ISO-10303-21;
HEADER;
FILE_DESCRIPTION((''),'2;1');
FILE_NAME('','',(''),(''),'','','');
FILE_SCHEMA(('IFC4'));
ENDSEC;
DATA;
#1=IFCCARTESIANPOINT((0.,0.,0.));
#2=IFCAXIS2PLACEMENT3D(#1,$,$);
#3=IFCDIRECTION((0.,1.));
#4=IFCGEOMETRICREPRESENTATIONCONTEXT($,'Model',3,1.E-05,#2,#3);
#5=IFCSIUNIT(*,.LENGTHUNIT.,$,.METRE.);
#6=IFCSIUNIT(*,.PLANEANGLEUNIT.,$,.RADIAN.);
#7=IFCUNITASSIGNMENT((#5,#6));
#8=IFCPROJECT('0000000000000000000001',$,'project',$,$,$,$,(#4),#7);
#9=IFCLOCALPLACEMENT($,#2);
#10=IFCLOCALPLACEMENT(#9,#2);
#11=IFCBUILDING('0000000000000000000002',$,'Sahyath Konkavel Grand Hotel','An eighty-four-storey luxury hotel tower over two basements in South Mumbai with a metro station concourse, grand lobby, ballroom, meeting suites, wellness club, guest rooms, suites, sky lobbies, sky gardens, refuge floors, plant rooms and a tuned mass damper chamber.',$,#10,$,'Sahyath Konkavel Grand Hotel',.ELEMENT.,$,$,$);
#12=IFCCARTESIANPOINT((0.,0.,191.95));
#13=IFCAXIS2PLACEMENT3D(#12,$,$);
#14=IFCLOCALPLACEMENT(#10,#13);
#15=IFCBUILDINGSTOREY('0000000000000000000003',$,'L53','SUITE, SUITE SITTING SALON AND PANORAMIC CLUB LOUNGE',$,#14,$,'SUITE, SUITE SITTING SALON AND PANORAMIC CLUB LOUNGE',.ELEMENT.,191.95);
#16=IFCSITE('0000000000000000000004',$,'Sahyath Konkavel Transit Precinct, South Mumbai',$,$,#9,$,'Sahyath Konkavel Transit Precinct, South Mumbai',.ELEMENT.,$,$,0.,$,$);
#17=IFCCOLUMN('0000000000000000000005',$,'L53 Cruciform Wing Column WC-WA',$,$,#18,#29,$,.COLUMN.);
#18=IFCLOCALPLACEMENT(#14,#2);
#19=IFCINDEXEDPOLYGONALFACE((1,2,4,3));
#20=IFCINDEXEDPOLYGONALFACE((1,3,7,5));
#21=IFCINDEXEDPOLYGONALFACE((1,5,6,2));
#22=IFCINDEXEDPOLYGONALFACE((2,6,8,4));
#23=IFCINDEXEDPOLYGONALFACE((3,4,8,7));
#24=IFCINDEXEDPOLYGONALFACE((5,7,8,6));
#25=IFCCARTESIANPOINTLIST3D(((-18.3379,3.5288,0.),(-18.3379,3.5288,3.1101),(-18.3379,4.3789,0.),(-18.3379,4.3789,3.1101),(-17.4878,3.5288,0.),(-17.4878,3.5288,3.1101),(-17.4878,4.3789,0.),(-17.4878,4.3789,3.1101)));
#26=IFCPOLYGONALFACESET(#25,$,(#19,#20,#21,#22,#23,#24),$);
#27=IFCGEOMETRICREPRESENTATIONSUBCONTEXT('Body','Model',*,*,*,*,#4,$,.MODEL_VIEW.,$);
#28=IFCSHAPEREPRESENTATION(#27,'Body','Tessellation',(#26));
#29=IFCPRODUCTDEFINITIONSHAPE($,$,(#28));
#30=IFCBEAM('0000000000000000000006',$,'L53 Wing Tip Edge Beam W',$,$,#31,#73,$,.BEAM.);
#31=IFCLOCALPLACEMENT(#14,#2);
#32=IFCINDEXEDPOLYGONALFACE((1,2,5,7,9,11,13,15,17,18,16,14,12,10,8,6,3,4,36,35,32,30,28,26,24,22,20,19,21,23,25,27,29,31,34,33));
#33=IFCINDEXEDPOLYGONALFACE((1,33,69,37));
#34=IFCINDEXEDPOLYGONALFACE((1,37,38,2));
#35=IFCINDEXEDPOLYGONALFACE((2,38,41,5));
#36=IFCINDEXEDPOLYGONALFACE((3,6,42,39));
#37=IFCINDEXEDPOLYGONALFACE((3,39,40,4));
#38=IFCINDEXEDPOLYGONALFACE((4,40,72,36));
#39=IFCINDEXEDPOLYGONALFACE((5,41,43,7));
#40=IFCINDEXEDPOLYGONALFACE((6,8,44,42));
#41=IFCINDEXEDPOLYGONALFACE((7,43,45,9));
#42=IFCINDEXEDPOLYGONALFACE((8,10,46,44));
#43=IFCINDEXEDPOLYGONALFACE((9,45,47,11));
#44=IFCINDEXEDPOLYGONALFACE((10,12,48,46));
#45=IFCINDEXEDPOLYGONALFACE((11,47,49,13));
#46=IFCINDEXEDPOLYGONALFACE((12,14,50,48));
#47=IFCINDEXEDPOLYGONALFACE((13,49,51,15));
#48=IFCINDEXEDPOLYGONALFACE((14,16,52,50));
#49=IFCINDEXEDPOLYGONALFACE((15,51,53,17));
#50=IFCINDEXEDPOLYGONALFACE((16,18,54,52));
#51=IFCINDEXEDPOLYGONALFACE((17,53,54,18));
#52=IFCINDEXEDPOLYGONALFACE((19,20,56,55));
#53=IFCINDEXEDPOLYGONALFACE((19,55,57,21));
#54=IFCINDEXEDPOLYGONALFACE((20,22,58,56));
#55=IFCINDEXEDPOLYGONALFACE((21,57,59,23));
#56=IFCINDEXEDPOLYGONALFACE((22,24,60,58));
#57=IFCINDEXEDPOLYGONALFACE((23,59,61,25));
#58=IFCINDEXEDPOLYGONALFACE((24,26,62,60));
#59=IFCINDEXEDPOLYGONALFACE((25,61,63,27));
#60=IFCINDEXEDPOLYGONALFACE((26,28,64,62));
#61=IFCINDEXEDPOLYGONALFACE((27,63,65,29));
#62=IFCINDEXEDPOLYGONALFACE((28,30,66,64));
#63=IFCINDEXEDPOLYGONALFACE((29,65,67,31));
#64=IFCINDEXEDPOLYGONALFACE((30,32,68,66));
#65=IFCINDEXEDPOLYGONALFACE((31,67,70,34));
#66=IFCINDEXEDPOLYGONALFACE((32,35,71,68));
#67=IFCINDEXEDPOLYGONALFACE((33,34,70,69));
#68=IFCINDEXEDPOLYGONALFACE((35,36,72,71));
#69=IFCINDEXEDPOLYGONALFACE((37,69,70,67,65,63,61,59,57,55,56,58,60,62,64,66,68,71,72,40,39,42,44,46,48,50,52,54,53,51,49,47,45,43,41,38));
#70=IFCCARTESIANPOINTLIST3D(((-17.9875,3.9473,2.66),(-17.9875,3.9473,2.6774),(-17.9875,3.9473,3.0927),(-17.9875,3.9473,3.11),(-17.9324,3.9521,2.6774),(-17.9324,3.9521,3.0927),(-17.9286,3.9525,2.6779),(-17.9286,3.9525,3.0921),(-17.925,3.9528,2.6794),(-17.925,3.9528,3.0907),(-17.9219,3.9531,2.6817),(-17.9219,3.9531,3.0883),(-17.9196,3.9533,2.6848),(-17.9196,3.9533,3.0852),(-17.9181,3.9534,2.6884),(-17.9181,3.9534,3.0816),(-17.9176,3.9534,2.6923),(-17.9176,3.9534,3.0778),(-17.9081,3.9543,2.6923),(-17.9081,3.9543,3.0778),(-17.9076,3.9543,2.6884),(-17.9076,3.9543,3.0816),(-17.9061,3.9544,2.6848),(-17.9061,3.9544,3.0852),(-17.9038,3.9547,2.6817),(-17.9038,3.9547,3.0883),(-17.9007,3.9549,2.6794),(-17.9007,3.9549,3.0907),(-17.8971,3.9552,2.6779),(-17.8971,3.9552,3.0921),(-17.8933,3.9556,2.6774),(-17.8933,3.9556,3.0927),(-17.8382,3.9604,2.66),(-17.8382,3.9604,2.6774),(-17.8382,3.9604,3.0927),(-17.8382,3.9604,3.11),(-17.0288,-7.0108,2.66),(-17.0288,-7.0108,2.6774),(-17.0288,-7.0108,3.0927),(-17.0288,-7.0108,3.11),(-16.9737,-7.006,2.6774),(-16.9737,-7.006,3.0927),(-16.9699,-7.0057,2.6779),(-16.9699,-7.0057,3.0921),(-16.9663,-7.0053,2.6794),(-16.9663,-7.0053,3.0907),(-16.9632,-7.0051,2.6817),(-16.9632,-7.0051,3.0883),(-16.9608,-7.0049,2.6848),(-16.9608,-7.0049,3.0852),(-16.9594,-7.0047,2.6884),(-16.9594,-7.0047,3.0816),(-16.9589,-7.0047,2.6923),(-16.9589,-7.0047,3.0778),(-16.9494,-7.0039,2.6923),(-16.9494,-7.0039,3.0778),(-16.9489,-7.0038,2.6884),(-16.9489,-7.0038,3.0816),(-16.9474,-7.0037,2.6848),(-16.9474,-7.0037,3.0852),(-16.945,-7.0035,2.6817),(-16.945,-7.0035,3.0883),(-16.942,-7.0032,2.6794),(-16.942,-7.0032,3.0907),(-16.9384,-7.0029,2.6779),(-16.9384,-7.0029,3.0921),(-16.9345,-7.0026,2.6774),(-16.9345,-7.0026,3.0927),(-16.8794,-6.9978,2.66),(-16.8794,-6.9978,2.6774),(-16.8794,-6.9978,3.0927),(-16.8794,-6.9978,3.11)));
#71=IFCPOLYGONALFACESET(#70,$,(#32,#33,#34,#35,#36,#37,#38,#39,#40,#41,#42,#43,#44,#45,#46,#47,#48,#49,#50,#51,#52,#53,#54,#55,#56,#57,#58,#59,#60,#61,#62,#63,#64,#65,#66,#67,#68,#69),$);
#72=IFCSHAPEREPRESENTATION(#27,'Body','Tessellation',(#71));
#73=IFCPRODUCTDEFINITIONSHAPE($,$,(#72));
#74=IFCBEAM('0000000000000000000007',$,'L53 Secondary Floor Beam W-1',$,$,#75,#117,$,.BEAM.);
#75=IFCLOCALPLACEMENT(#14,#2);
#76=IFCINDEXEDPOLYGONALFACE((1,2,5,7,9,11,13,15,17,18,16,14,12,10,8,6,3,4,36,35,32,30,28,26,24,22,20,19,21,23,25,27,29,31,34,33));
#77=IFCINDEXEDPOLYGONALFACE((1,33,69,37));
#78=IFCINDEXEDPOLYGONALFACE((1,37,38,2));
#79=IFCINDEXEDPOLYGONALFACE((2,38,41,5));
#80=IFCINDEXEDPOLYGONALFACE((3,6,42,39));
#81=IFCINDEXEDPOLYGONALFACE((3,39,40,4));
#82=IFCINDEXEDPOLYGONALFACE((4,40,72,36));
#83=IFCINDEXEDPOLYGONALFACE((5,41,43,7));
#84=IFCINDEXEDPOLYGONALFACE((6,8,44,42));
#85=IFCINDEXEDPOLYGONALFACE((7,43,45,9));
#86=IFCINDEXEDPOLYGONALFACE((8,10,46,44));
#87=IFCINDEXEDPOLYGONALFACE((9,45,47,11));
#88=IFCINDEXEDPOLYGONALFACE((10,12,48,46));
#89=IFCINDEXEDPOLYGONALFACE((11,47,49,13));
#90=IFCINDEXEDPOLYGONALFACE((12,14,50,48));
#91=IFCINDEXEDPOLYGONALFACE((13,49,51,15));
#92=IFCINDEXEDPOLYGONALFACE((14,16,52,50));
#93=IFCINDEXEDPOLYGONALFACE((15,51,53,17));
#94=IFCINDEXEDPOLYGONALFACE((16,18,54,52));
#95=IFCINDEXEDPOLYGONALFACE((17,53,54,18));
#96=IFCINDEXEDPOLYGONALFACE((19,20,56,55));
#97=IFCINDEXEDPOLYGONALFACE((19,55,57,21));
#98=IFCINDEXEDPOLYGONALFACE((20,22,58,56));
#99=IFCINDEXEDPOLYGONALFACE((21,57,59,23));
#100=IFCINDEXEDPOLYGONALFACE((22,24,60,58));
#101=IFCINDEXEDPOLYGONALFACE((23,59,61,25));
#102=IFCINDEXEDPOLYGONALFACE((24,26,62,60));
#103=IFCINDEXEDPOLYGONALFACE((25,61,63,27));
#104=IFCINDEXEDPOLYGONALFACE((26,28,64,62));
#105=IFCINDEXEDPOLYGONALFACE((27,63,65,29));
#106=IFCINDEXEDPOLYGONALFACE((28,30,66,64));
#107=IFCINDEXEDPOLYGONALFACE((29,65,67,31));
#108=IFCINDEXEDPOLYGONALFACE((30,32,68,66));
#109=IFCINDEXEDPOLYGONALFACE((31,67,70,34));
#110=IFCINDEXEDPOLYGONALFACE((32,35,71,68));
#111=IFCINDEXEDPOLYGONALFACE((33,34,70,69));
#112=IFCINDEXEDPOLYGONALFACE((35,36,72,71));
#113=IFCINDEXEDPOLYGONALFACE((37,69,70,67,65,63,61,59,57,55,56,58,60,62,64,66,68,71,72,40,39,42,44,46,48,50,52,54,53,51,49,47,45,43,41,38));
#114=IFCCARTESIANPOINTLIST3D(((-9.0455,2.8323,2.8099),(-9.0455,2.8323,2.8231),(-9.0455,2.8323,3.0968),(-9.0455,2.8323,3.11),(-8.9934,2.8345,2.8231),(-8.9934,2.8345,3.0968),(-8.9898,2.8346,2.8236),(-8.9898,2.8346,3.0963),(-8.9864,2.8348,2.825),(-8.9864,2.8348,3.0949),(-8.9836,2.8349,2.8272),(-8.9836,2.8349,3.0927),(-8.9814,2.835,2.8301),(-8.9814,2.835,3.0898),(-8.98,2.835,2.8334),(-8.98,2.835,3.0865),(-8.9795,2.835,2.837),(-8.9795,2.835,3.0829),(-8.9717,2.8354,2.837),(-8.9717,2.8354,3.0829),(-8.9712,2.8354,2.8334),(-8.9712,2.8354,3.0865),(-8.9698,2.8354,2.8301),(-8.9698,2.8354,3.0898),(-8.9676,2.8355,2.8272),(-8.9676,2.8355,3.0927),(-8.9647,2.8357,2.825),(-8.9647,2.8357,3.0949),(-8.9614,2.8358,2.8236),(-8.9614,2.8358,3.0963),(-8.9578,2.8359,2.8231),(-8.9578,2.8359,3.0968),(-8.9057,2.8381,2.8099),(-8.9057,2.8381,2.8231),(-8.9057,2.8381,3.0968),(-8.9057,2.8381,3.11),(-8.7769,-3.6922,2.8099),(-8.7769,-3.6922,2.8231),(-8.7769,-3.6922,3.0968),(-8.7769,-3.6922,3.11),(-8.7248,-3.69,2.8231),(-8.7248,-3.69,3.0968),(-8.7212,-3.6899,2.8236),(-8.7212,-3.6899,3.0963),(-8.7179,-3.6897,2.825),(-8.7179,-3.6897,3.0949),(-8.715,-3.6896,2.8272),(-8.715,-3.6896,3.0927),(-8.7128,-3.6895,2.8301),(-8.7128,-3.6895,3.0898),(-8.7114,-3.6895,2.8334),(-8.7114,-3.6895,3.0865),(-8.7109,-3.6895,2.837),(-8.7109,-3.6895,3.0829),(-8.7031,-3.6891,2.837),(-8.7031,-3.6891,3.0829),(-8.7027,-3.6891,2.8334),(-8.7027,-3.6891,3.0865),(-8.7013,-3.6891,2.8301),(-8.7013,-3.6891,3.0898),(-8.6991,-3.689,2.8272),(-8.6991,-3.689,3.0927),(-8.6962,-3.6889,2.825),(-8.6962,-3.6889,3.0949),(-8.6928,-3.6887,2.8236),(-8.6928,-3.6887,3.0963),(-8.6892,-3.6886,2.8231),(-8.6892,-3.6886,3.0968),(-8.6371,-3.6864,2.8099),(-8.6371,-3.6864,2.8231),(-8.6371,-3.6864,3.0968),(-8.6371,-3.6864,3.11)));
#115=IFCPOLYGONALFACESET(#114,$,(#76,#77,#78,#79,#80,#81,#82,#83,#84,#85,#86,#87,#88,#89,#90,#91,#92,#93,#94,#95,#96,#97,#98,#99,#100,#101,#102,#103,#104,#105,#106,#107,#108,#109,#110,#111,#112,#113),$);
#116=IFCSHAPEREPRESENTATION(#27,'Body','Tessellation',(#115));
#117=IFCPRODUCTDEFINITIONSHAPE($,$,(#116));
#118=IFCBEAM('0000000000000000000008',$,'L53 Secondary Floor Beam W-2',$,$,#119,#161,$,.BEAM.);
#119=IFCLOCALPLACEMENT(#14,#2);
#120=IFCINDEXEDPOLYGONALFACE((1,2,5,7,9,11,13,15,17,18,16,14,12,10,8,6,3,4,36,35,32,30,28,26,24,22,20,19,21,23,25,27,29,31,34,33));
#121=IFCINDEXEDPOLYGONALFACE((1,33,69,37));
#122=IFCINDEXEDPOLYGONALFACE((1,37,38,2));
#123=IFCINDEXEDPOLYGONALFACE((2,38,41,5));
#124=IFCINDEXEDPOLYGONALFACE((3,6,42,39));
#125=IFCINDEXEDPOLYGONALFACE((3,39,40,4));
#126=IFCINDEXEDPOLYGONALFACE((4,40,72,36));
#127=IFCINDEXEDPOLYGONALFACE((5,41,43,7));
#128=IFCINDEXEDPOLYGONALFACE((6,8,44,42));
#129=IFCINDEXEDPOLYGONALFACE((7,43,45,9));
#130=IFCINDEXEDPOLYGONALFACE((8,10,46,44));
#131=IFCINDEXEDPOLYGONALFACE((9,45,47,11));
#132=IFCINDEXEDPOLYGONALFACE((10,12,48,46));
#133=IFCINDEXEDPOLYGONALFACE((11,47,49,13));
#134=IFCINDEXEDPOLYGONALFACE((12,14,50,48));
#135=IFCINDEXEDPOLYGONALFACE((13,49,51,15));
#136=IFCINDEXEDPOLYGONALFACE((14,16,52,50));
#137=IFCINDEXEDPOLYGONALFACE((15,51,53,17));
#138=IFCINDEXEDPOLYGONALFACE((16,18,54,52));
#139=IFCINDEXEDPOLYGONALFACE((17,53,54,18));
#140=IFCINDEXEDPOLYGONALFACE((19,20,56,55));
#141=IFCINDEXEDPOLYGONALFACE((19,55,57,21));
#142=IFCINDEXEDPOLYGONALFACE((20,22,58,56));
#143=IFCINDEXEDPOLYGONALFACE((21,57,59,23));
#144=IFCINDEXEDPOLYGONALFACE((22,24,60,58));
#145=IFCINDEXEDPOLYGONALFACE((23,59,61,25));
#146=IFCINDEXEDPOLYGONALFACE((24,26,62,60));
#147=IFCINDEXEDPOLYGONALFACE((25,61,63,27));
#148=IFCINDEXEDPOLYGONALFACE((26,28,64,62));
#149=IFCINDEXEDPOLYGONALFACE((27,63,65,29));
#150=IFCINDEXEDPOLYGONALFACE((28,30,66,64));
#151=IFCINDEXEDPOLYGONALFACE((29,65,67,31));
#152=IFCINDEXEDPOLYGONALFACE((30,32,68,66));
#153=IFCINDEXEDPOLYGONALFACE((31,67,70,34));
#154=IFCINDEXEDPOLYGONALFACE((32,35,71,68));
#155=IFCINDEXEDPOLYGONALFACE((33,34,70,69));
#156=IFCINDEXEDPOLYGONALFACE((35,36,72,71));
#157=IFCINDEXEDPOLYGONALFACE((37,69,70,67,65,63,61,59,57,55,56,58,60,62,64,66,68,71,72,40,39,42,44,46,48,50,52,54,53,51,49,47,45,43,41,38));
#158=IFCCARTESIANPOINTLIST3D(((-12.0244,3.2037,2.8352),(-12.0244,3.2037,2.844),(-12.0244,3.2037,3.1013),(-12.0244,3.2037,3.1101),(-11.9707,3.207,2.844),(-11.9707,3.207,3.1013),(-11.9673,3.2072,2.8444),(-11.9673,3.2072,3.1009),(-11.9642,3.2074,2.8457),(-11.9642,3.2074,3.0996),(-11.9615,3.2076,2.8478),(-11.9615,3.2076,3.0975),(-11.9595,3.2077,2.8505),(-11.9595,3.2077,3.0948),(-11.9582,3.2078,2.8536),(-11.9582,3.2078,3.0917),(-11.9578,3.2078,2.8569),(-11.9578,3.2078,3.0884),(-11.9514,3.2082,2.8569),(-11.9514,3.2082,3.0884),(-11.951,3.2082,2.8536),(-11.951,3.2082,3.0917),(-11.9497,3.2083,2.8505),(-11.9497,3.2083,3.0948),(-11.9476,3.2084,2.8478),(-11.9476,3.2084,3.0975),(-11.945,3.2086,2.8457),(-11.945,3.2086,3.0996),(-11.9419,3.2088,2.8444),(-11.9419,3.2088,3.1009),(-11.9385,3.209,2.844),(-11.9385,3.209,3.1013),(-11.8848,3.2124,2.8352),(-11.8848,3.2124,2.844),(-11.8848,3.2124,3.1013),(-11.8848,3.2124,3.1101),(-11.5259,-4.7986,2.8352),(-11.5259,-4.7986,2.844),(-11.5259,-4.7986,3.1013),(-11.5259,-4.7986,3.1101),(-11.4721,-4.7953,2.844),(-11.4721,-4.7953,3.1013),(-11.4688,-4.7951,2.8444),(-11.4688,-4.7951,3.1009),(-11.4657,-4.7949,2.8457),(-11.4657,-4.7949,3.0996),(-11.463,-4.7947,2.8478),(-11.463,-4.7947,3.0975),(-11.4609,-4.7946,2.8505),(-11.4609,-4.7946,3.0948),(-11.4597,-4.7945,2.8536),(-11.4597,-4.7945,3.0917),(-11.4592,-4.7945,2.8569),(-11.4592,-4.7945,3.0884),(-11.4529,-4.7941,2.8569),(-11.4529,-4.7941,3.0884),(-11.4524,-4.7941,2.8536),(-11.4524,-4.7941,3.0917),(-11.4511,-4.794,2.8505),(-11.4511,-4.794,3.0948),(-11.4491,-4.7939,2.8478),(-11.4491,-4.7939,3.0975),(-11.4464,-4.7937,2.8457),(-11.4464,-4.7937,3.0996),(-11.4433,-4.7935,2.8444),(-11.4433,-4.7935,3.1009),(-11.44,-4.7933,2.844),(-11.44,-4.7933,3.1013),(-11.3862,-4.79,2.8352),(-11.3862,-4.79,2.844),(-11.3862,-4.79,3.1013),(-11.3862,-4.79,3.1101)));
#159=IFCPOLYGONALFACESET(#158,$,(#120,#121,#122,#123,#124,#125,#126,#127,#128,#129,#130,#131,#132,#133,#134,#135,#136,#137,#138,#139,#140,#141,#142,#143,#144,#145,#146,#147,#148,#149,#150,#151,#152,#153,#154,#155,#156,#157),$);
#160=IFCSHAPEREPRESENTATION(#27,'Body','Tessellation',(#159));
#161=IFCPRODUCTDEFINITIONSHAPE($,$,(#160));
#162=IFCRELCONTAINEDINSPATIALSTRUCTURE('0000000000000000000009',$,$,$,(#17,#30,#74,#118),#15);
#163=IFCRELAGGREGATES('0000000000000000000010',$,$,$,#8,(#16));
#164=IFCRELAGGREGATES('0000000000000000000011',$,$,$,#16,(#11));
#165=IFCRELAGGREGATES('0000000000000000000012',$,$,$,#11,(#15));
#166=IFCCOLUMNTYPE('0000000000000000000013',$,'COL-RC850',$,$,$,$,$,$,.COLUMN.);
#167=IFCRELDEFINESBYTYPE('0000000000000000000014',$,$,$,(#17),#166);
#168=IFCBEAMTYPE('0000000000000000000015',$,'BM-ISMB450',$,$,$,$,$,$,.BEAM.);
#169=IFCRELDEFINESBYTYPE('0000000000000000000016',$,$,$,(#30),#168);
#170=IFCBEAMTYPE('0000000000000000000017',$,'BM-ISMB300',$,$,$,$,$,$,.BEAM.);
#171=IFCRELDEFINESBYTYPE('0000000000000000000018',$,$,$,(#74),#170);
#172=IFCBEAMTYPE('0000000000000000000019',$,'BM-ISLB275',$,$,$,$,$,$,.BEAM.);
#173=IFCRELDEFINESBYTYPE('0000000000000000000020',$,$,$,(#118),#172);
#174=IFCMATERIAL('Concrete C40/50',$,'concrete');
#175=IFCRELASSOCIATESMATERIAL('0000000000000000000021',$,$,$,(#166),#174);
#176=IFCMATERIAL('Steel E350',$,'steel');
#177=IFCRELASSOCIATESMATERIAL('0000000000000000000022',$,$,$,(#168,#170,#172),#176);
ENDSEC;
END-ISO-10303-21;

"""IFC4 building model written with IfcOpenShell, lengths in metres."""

from ifc_helpers import new_model, si_unit, direction, frame, origin, origin_2d, place, context, subcontext, project, spatial, rectangle, i_section, extrude, source, transform, mapped, material, material_profile, profile_set, type_object, element, save


model = new_model("IFC4")

# Units and contexts
model_context = context("Model", 3, precision=1e-05, world=origin(), true_north=direction((0.0, 1.0)))
body_context = subcontext(model_context, "Body", "Model", "MODEL_VIEW")
ifc_project = project(units=[si_unit("LENGTHUNIT", "METRE"), si_unit("PLANEANGLEUNIT", "RADIAN")], contexts=[model_context])

# Site, building, storey
site_placement = place(None, origin())
site = spatial("IfcSite", under=ifc_project, at=site_placement, Name="Sahyath Konkavel Transit Precinct, South Mumbai", LongName="Sahyath Konkavel Transit Precinct, South Mumbai", CompositionType="ELEMENT", RefElevation=0.0)
building_placement = place(site_placement, origin())
building = spatial("IfcBuilding", under=site, at=building_placement, Name="Sahyath Konkavel Grand Hotel", Description="An eighty-four-storey luxury hotel tower over two basements in South Mumbai with a metro station concourse, grand lobby, ballroom, meeting suites, wellness club, guest rooms, suites, sky lobbies, sky gardens, refuge floors, plant rooms and a tuned mass damper chamber.", LongName="Sahyath Konkavel Grand Hotel", CompositionType="ELEMENT")
storey_placement = place(building_placement, frame((0.0, 0.0, 191.95)))
storey = spatial("IfcBuildingStorey", under=building, at=storey_placement, Name="L53", Description="SUITE, SUITE SITTING SALON AND PANORAMIC CLUB LOUNGE", LongName="SUITE, SUITE SITTING SALON AND PANORAMIC CLUB LOUNGE", CompositionType="ELEMENT", Elevation=191.95)

# Column
ifc_material_1 = material(Name="Concrete C40/50", Category="concrete")
ifc_material_profile_1 = material_profile(ifc_material_1, rectangle(XDim=0.8501, YDim=0.8501, at=origin_2d()), Name="RC 850x850")
ifc_profile_set_1 = profile_set([ifc_material_profile_1], Name="Concrete C40/50")
column_type = type_object("IfcColumnType", Name="COL-RC850", PredefinedType="COLUMN", material=ifc_profile_set_1)
shared_shape_1 = source(origin(), body_context, "Body", "SweptSolid", [
    extrude(rectangle(XDim=0.8501, YDim=0.8501, at=origin_2d()), origin(), (0.0, 0.0, 1.0), 3.1101),
])
column_placement = place(storey_placement, frame((-17.9128, 3.9539, 0.0), z_axis=(0.0, 0.0, 1.0), x_axis=(1.0, 0.0, 0.0)))
element("IfcColumn", 1, at=column_placement, inside=storey, type_object=column_type, Name="L53 Cruciform Wing Column WC-WA", PredefinedType="COLUMN", context=body_context, shape_type="MappedRepresentation", body=[
    mapped(shared_shape_1, transform((0.0, 0.0, 0.0), scale=1.0)),
])

# Beams
ifc_material_2 = material(Name="Steel E350", Category="steel")
ifc_material_profile_2 = material_profile(ifc_material_2, i_section(OverallWidth=0.1499, OverallDepth=0.45, WebThickness=0.0095, FlangeThickness=0.0173, FilletRadius=0.0149, at=origin_2d()), Name="ISMB 450")
ifc_profile_set_2 = profile_set([ifc_material_profile_2], Name="Steel E350")
beam_type_1 = type_object("IfcBeamType", Name="BM-ISMB450", PredefinedType="BEAM", material=ifc_profile_set_2)
shared_shape_2 = source(origin(), body_context, "Body", "SweptSolid", [
    extrude(i_section(OverallWidth=0.1499, OverallDepth=0.45, WebThickness=0.0095, FlangeThickness=0.0173, FilletRadius=0.0149, at=origin_2d()), origin(), (0.0, 0.0, 1.0), 11.0),
])
beam_1_placement = place(storey_placement, frame((-17.9128, 3.9539, 2.885), z_axis=(0.087157, -0.996195, 0.0), x_axis=(0.996195, 0.087157, 0.0)))
element("IfcBeam", 2, at=beam_1_placement, inside=storey, type_object=beam_type_1, Name="L53 Wing Tip Edge Beam W", PredefinedType="BEAM", context=body_context, shape_type="MappedRepresentation", body=[
    mapped(shared_shape_2, transform((0.0, 0.0, 0.0), scale=1.0)),
])
ifc_material_profile_3 = material_profile(ifc_material_2, i_section(OverallWidth=0.1399, OverallDepth=0.3, WebThickness=0.0078, FlangeThickness=0.0132, FilletRadius=0.0139, at=origin_2d()), Name="ISMB 300")
ifc_profile_set_3 = profile_set([ifc_material_profile_3], Name="Steel E350")
beam_type_2 = type_object("IfcBeamType", Name="BM-ISMB300", PredefinedType="BEAM", material=ifc_profile_set_3)
shared_shape_3 = source(origin(), body_context, "Body", "SweptSolid", [
    extrude(i_section(OverallWidth=0.1399, OverallDepth=0.3, WebThickness=0.0078, FlangeThickness=0.0132, FilletRadius=0.0139, at=origin_2d()), origin(), (0.0, 0.0, 1.0), 6.53),
])
beam_2_placement = place(storey_placement, frame((-8.9756, 2.8352, 2.96), z_axis=(0.041127, -0.999154, 0.0), x_axis=(0.999154, 0.041127, 0.0)))
element("IfcBeam", 3, at=beam_2_placement, inside=storey, type_object=beam_type_2, Name="L53 Secondary Floor Beam W-1", PredefinedType="BEAM", context=body_context, shape_type="MappedRepresentation", body=[
    mapped(shared_shape_3, transform((0.0, 0.0, 0.0), scale=1.0)),
])
ifc_material_profile_4 = material_profile(ifc_material_2, i_section(OverallWidth=0.1399, OverallDepth=0.2749, WebThickness=0.0063, FlangeThickness=0.0088, FilletRadius=0.0129, at=origin_2d()), Name="ISLB 275")
ifc_profile_set_4 = profile_set([ifc_material_profile_4], Name="Steel E350")
beam_type_3 = type_object("IfcBeamType", Name="BM-ISLB275", PredefinedType="BEAM", material=ifc_profile_set_4)
shared_shape_4 = source(origin(), body_context, "Body", "SweptSolid", [
    extrude(i_section(OverallWidth=0.1399, OverallDepth=0.2749, WebThickness=0.0063, FlangeThickness=0.0088, FilletRadius=0.0129, at=origin_2d()), origin(), (0.0, 0.0, 1.0), 8.0178),
])
beam_3_placement = place(storey_placement, frame((-11.9546, 3.208, 2.9727), z_axis=(0.062179, -0.998065, 0.0), x_axis=(0.998065, 0.062179, 0.0)))
element("IfcBeam", 4, at=beam_3_placement, inside=storey, type_object=beam_type_3, Name="L53 Secondary Floor Beam W-2", PredefinedType="BEAM", context=body_context, shape_type="MappedRepresentation", body=[
    mapped(shared_shape_4, transform((0.0, 0.0, 0.0), scale=1.0)),
])

save(model, "model.ifc")
